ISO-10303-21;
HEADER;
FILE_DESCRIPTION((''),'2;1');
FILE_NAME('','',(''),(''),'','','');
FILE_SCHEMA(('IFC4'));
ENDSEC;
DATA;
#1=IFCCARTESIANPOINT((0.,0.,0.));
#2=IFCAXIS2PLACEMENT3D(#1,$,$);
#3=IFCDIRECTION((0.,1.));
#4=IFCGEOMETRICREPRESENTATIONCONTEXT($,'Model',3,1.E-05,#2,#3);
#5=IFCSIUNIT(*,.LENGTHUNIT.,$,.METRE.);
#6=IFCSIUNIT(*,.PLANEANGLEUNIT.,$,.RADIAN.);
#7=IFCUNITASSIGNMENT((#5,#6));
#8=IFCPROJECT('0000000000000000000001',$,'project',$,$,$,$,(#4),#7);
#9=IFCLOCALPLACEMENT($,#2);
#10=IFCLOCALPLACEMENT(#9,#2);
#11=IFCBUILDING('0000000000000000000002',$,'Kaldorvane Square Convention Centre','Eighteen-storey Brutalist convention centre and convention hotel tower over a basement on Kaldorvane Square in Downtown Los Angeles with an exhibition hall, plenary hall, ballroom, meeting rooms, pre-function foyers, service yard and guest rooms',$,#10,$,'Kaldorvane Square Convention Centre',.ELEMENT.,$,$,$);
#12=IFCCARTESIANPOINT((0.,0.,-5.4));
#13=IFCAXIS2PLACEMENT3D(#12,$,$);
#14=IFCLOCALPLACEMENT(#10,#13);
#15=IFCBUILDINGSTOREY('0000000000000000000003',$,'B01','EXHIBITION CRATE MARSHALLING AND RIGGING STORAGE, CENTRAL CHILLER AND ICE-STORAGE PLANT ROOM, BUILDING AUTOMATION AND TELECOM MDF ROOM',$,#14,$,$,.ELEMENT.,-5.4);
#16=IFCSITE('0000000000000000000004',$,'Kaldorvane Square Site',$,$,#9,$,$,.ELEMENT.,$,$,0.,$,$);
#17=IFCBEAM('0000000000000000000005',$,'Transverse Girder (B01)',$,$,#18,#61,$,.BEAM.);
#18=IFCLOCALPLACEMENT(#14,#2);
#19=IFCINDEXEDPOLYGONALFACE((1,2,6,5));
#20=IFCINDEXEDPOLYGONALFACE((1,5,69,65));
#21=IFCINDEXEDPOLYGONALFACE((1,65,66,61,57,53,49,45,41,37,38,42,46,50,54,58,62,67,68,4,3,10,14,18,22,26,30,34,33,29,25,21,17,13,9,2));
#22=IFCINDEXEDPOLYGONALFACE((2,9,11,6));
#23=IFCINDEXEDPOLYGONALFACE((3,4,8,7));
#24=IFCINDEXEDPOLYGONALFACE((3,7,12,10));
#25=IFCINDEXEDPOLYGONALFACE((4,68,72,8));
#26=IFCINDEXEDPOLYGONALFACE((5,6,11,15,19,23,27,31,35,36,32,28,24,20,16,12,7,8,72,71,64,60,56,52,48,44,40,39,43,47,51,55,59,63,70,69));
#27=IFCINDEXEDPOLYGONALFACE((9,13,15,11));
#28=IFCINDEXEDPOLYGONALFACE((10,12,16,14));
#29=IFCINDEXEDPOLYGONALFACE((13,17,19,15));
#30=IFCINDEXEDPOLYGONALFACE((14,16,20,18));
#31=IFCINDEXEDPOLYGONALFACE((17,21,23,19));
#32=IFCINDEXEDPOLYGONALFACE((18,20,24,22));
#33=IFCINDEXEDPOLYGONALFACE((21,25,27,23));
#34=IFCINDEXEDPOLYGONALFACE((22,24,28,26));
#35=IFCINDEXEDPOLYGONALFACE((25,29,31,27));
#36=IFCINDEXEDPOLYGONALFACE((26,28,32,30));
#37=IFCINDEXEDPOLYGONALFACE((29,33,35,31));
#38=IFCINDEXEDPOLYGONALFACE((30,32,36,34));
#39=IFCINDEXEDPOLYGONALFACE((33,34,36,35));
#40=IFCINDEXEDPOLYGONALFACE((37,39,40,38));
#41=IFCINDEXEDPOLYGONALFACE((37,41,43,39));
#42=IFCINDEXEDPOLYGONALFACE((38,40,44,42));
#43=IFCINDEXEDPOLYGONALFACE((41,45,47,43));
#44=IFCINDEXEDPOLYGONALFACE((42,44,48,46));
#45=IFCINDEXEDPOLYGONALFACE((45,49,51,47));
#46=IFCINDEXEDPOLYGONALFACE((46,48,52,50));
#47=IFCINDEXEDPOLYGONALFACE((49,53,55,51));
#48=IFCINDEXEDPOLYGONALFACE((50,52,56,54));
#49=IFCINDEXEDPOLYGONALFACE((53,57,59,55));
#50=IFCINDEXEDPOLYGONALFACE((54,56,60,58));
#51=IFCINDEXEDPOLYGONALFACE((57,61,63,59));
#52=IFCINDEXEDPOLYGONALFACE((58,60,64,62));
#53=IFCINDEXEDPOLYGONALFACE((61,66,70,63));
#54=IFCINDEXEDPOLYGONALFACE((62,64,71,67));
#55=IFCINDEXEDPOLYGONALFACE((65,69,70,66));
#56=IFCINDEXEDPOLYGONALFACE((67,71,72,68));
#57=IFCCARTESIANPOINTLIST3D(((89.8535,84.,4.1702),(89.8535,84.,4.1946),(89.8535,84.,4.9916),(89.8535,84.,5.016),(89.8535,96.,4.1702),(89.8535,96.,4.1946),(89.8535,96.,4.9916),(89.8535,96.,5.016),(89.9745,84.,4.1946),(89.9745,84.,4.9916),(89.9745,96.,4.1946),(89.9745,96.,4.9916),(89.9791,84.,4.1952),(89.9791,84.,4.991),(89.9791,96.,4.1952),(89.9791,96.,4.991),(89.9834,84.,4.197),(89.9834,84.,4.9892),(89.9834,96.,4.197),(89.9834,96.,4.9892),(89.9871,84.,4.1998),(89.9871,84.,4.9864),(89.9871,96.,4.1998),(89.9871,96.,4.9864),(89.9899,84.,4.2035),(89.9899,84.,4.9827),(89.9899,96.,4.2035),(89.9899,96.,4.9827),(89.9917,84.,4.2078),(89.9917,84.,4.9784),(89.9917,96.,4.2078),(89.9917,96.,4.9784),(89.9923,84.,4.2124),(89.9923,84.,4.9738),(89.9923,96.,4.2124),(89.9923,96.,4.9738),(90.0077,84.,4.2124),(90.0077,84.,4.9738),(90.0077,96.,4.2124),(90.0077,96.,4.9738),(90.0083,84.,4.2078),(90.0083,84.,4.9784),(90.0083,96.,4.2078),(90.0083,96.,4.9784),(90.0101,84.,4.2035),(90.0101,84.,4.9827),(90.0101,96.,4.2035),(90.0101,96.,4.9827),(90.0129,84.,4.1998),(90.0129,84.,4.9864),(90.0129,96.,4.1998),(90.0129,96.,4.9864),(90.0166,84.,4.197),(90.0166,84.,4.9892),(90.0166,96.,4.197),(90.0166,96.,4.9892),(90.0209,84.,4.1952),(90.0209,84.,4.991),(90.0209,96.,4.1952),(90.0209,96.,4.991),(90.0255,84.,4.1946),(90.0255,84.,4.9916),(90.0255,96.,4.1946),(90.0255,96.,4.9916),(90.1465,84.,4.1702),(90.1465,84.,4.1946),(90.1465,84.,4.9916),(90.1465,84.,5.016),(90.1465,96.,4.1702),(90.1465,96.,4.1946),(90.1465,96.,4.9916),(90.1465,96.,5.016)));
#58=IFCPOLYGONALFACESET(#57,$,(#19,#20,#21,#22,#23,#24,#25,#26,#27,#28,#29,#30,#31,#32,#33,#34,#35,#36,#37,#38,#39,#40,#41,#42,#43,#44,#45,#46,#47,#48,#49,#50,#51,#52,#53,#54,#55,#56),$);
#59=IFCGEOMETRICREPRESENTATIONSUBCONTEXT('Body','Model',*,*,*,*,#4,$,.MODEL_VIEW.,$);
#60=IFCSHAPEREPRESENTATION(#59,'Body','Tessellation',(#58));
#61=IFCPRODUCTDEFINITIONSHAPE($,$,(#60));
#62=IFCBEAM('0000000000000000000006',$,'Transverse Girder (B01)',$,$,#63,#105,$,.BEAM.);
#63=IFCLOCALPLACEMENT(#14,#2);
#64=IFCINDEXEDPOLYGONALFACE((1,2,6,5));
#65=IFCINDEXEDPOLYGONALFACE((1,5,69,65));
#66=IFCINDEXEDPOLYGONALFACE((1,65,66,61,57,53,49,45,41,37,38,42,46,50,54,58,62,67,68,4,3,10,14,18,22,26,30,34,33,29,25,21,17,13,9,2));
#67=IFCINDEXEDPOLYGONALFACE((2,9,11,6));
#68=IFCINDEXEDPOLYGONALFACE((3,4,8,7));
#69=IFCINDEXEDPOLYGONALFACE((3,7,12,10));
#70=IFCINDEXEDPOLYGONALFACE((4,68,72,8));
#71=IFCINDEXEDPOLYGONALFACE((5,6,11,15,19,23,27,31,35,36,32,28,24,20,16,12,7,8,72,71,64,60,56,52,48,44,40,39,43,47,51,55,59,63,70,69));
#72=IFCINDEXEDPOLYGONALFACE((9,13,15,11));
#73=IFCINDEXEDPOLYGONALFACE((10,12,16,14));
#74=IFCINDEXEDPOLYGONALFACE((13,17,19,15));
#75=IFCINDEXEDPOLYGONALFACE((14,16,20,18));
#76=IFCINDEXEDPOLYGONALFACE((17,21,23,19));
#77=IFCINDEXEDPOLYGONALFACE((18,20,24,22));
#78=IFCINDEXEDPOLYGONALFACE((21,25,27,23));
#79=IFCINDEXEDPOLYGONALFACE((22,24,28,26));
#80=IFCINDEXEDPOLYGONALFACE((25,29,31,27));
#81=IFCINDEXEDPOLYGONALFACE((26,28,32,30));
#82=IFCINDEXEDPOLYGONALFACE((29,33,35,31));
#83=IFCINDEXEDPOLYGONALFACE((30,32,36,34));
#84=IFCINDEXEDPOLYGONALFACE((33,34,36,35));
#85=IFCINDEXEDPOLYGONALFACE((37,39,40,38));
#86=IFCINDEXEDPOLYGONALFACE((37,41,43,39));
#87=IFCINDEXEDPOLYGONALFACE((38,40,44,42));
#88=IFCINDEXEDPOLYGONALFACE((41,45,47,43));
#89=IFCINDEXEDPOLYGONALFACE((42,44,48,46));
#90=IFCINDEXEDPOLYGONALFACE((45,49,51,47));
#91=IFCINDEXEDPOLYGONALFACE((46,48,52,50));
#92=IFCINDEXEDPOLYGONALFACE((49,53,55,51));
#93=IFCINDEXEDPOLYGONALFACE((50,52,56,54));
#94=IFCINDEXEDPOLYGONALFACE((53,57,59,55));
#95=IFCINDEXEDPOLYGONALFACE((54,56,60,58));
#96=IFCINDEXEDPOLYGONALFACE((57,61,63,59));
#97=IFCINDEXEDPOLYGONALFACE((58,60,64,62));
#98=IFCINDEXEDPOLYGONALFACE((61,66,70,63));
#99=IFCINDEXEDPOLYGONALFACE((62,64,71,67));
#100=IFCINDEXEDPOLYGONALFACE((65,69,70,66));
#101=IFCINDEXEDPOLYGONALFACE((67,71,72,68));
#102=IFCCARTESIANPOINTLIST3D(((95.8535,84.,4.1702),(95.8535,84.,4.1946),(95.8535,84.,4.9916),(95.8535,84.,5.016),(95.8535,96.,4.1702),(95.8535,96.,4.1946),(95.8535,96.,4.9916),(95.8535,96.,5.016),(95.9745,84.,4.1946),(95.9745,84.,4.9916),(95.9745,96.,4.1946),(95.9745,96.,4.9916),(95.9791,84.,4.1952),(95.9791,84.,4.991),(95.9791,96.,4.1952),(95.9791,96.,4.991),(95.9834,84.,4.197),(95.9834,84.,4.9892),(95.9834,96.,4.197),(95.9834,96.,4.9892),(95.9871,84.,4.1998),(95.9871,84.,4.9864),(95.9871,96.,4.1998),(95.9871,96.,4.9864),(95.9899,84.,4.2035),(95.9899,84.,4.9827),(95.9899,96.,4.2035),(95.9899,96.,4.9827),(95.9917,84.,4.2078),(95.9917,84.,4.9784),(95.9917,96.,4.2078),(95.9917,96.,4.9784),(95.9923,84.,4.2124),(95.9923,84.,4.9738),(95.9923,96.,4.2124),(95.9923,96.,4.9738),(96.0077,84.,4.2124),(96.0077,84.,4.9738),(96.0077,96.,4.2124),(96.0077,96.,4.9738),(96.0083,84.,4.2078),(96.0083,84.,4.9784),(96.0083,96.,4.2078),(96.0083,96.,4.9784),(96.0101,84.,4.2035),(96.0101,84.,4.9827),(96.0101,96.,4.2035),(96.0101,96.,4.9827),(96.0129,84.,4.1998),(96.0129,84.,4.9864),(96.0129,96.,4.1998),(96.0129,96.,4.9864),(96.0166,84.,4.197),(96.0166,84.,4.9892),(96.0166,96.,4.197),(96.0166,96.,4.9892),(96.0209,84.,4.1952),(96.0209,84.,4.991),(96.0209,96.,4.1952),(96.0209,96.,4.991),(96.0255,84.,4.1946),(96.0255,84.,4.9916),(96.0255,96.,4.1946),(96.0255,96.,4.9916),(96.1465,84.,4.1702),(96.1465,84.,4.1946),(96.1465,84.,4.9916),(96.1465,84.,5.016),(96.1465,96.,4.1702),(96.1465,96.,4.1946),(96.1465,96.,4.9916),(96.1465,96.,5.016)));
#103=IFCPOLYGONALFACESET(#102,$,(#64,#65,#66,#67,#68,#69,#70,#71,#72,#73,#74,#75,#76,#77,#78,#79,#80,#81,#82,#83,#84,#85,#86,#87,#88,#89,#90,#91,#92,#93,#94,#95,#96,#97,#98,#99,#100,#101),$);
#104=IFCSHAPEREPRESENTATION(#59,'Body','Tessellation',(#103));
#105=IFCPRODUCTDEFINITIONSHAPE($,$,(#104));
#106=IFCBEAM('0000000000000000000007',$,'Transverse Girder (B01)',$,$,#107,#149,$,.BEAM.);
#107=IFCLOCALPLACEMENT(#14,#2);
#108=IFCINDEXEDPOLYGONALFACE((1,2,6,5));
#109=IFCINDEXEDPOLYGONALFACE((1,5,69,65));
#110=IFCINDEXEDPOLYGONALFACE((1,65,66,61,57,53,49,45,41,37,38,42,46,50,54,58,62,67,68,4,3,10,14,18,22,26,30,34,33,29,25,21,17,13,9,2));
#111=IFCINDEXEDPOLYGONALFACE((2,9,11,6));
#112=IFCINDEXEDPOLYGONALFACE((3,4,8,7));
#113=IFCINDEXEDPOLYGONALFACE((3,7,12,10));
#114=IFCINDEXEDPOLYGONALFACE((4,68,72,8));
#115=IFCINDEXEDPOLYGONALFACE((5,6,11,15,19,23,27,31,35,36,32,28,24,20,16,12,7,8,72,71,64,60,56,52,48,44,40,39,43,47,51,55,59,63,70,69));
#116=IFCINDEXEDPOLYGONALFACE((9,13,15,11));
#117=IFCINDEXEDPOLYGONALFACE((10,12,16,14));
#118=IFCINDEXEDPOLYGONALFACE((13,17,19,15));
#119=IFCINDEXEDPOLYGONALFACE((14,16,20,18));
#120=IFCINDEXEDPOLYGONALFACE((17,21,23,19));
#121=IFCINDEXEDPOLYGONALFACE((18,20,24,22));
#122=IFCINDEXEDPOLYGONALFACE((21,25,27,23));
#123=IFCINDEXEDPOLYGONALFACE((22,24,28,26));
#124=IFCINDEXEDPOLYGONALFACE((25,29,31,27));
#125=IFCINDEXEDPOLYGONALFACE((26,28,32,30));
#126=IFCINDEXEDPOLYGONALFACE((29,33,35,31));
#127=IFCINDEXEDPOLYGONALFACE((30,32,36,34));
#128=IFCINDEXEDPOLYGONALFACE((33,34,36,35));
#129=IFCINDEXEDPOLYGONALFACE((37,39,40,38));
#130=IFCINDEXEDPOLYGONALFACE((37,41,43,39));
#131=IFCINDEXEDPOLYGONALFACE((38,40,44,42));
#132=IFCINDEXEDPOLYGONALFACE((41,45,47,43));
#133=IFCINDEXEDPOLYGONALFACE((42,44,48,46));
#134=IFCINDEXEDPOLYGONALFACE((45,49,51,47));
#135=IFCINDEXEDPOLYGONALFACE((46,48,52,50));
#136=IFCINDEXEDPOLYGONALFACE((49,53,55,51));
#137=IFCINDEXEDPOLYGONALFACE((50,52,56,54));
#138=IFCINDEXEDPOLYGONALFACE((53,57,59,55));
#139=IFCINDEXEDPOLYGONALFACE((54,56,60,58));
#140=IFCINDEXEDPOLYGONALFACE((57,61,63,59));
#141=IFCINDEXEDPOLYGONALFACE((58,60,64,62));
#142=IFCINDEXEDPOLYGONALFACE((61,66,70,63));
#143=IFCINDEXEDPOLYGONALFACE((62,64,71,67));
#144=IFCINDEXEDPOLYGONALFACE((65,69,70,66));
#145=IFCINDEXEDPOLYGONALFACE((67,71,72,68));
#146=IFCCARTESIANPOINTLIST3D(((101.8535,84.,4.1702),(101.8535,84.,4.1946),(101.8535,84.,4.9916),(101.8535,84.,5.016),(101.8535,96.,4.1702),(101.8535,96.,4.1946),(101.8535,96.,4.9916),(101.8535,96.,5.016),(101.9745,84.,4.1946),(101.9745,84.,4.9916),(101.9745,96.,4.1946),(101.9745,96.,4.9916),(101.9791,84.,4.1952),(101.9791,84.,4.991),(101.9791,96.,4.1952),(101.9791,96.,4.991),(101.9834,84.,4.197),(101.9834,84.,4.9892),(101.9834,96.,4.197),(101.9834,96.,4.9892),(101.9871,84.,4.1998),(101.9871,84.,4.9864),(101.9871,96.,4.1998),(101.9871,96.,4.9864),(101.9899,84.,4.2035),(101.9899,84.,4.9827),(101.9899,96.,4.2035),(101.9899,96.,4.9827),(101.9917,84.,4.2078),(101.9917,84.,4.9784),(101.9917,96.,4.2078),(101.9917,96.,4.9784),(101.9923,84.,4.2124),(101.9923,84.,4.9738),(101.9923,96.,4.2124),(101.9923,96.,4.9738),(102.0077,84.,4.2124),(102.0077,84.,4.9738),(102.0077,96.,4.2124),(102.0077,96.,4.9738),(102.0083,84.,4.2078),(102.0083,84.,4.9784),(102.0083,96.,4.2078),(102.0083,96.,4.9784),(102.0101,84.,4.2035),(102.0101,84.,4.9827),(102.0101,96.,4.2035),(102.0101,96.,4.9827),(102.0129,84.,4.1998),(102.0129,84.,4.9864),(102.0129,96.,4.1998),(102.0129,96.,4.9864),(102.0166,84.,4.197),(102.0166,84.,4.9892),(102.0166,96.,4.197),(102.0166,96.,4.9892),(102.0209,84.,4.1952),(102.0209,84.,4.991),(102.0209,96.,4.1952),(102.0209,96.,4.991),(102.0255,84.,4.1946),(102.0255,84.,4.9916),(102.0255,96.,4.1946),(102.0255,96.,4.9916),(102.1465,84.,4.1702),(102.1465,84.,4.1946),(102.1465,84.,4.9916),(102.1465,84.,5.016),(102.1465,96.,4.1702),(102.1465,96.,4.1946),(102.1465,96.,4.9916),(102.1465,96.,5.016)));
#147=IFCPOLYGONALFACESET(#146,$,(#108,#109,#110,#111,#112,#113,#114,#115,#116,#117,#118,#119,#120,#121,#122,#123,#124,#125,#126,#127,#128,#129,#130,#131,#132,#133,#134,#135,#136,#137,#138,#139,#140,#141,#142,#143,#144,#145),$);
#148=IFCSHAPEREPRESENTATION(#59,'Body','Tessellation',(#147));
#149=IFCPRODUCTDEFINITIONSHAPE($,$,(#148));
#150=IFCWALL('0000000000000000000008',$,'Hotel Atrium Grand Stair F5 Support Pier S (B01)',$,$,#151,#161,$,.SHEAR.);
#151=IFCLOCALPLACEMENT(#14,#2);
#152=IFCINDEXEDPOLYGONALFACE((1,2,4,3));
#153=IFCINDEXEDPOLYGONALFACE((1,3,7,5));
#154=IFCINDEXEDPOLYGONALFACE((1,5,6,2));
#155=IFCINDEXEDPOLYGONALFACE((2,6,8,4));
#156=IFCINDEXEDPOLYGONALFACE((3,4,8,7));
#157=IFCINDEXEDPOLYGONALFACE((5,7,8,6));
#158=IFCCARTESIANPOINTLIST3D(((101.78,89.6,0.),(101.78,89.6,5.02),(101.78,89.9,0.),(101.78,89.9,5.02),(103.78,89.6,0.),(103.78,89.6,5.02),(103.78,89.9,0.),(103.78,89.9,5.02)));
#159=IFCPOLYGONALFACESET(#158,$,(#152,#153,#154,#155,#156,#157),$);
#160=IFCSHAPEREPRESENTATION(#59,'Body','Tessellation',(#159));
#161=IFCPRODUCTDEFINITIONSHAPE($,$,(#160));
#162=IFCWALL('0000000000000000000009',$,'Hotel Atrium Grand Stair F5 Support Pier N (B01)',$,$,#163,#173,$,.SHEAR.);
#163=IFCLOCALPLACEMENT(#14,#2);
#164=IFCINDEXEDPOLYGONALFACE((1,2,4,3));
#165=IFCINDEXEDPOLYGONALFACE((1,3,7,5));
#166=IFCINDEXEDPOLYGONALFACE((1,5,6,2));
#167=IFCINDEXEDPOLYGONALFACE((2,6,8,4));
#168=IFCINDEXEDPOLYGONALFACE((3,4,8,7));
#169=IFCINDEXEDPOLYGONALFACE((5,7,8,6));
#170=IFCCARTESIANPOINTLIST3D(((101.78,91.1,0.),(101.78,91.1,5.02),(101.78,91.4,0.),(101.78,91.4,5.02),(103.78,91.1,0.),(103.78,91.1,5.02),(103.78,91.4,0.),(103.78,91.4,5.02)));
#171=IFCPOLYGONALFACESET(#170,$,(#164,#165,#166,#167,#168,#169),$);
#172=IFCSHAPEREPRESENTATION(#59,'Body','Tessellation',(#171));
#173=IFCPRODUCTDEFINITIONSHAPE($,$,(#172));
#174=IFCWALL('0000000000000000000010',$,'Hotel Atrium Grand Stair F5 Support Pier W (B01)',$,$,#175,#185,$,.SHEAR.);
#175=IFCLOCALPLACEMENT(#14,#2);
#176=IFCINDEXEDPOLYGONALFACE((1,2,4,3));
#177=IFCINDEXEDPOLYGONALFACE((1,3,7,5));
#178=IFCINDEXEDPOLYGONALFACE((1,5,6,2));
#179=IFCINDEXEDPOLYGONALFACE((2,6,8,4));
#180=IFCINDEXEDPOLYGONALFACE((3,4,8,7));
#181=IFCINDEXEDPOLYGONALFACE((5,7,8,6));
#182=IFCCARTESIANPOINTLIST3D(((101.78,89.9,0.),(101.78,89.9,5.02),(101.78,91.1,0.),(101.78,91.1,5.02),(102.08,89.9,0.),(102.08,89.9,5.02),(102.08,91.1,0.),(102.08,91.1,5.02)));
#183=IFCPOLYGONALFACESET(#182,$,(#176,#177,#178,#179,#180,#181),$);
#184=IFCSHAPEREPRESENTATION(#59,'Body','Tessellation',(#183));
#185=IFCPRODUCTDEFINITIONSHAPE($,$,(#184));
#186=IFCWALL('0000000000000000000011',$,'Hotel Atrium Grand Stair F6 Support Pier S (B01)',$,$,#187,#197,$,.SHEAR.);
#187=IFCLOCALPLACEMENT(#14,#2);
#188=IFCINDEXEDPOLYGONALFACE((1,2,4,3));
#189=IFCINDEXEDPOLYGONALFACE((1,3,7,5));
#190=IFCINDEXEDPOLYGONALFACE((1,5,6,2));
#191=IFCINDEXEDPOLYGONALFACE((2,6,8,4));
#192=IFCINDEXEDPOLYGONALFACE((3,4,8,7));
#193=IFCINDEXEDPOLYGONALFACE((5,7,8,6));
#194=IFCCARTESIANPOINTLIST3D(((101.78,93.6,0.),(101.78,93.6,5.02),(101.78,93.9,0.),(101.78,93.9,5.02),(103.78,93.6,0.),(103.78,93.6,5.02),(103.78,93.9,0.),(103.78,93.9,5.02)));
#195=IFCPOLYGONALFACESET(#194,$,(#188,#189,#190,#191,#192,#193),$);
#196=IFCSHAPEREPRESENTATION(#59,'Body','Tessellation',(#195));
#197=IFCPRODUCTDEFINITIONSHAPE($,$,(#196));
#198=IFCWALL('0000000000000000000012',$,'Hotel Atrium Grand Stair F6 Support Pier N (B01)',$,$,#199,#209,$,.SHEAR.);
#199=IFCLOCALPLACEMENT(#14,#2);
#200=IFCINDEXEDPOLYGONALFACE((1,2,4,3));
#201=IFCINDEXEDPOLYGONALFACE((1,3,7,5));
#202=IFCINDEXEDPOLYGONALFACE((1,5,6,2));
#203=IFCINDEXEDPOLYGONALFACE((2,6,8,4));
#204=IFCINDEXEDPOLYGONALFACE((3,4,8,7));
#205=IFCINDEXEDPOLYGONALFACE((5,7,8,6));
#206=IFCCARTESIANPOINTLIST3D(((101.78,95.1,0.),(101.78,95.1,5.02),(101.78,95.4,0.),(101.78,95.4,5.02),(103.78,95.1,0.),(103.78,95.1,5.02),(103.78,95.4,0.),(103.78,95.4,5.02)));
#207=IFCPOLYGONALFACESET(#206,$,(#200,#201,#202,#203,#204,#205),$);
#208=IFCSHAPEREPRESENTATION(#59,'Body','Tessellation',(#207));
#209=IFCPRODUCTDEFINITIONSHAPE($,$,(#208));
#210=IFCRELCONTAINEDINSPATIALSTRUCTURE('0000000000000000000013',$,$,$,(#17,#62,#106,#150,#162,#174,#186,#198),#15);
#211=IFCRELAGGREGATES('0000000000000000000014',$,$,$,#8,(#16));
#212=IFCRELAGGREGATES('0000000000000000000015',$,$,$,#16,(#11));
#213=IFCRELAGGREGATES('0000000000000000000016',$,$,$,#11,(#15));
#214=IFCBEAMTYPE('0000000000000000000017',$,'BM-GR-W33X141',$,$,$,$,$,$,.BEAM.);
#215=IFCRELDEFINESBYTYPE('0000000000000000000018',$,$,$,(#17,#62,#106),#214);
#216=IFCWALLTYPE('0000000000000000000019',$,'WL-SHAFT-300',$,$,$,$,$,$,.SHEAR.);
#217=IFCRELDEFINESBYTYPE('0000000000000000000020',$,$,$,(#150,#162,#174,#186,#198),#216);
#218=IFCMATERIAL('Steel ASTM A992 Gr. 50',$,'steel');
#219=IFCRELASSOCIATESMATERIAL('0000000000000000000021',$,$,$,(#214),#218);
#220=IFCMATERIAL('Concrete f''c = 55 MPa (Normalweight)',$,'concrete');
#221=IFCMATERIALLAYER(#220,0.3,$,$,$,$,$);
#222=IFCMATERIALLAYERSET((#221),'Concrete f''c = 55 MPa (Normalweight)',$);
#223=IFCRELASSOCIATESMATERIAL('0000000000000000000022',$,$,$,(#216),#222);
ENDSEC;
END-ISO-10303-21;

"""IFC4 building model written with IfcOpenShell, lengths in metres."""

from ifc_helpers import new_model, si_unit, direction, frame, frame_2d, origin, origin_2d, place, context, subcontext, project, spatial, rectangle, i_section, extrude, material, layer, layer_set, material_profile, profile_set, type_object, element, save


model = new_model("IFC4")

# Units and contexts
model_context = context("Model", 3, precision=1e-05, world=origin(), true_north=direction((0.0, 1.0)))
body_context = subcontext(model_context, "Body", "Model", "MODEL_VIEW")
ifc_project = project(units=[si_unit("LENGTHUNIT", "METRE"), si_unit("PLANEANGLEUNIT", "RADIAN")], contexts=[model_context])

# Site, building, storey
site_placement = place(None, origin())
site = spatial("IfcSite", under=ifc_project, at=site_placement, Name="Kaldorvane Square Site", CompositionType="ELEMENT", RefElevation=0.0)
building_placement = place(site_placement, origin())
building = spatial("IfcBuilding", under=site, at=building_placement, Name="Kaldorvane Square Convention Centre", Description="Eighteen-storey Brutalist convention centre and convention hotel tower over a basement on Kaldorvane Square in Downtown Los Angeles with an exhibition hall, plenary hall, ballroom, meeting rooms, pre-function foyers, service yard and guest rooms", LongName="Kaldorvane Square Convention Centre", CompositionType="ELEMENT")
storey_placement = place(building_placement, frame((0.0, 0.0, -5.4)))
storey = spatial("IfcBuildingStorey", under=building, at=storey_placement, Name="B01", Description="EXHIBITION CRATE MARSHALLING AND RIGGING STORAGE, CENTRAL CHILLER AND ICE-STORAGE PLANT ROOM, BUILDING AUTOMATION AND TELECOM MDF ROOM", CompositionType="ELEMENT", Elevation=-5.4)

# Shared definitions
ifc_material_1 = material(Name="Concrete f'c = 55 MPa (Normalweight)", Category="concrete")
ifc_material_2 = material(Name="Steel ASTM A992 Gr. 50", Category="steel")

# Beams
ifc_material_profile_1 = material_profile(ifc_material_2, i_section(OverallWidth=0.293, OverallDepth=0.8458, WebThickness=0.0154, FlangeThickness=0.0244, FilletRadius=0.0178, at=origin_2d()), Name="W33X141")
ifc_profile_set_1 = profile_set([ifc_material_profile_1], Name="Steel ASTM A992 Gr. 50")
beam_type_1 = type_object("IfcBeamType", Name="BM-GR-W33X141", PredefinedType="BEAM", material=ifc_profile_set_1)
for number, where, z_axis, x_axis, name in (
    (1, (90.0, 84.0, 4.5931), (0.0, 1.0, 0.0), (-1.0, 0.0, 0.0), "Transverse Girder (B01)"),
    (2, (96.0, 84.0, 4.5931), (0.0, 1.0, 0.0), (-1.0, 0.0, 0.0), "Transverse Girder (B01)"),
    (3, (102.0, 84.0, 4.5931), (0.0, 1.0, 0.0), (-1.0, 0.0, 0.0), "Transverse Girder (B01)"),
):
    element("IfcBeam", number, at=place(storey_placement, frame(where, z_axis=z_axis, x_axis=x_axis)), inside=storey, type_object=beam_type_1, Name=name, PredefinedType="BEAM", context=body_context, shape_type="SweptSolid", body=[
        extrude(i_section(OverallWidth=0.293, OverallDepth=0.8458, WebThickness=0.0154, FlangeThickness=0.0244, FilletRadius=0.0178, at=origin_2d()), origin(), (0.0, 0.0, 1.0), 12.0),
    ])

# Walls
ifc_layer = layer(ifc_material_1, 0.3)
ifc_layer_set = layer_set([ifc_layer], Name="Concrete f'c = 55 MPa (Normalweight)")
wall_type = type_object("IfcWallType", Name="WL-SHAFT-300", PredefinedType="SHEAR", material=ifc_layer_set)
for number, where, z_axis, x_axis, name in (
    (4, (101.78, 89.75, 0.0), (0.0, 0.0, 1.0), (1.0, 0.0, 0.0), "Hotel Atrium Grand Stair F5 Support Pier S (B01)"),
    (5, (101.78, 91.25, 0.0), (0.0, 0.0, 1.0), (1.0, 0.0, 0.0), "Hotel Atrium Grand Stair F5 Support Pier N (B01)"),
):
    element("IfcWall", number, at=place(storey_placement, frame(where, z_axis=z_axis, x_axis=x_axis)), inside=storey, type_object=wall_type, Name=name, PredefinedType="SHEAR", context=body_context, shape_type="SweptSolid", body=[
        extrude(rectangle(XDim=2.0, YDim=0.3, at=frame_2d((1.0, 0.0))), origin(), (0.0, 0.0, 1.0), 5.02),
    ])
wall_1_placement = place(storey_placement, frame((101.93, 89.9, 0.0), z_axis=(0.0, 0.0, 1.0), x_axis=(0.0, 1.0, 0.0)))
element("IfcWall", 6, at=wall_1_placement, inside=storey, type_object=wall_type, Name="Hotel Atrium Grand Stair F5 Support Pier W (B01)", PredefinedType="SHEAR", context=body_context, shape_type="SweptSolid", body=[
    extrude(rectangle(XDim=1.2, YDim=0.3, at=frame_2d((0.6, 0.0))), origin(), (0.0, 0.0, 1.0), 5.02),
])
for number, where, z_axis, x_axis, name in (
    (7, (101.78, 93.75, 0.0), (0.0, 0.0, 1.0), (1.0, 0.0, 0.0), "Hotel Atrium Grand Stair F6 Support Pier S (B01)"),
    (8, (101.78, 95.25, 0.0), (0.0, 0.0, 1.0), (1.0, 0.0, 0.0), "Hotel Atrium Grand Stair F6 Support Pier N (B01)"),
):
    element("IfcWall", number, at=place(storey_placement, frame(where, z_axis=z_axis, x_axis=x_axis)), inside=storey, type_object=wall_type, Name=name, PredefinedType="SHEAR", context=body_context, shape_type="SweptSolid", body=[
        extrude(rectangle(XDim=2.0, YDim=0.3, at=frame_2d((1.0, 0.0))), origin(), (0.0, 0.0, 1.0), 5.02),
    ])

save(model, "model.ifc")
